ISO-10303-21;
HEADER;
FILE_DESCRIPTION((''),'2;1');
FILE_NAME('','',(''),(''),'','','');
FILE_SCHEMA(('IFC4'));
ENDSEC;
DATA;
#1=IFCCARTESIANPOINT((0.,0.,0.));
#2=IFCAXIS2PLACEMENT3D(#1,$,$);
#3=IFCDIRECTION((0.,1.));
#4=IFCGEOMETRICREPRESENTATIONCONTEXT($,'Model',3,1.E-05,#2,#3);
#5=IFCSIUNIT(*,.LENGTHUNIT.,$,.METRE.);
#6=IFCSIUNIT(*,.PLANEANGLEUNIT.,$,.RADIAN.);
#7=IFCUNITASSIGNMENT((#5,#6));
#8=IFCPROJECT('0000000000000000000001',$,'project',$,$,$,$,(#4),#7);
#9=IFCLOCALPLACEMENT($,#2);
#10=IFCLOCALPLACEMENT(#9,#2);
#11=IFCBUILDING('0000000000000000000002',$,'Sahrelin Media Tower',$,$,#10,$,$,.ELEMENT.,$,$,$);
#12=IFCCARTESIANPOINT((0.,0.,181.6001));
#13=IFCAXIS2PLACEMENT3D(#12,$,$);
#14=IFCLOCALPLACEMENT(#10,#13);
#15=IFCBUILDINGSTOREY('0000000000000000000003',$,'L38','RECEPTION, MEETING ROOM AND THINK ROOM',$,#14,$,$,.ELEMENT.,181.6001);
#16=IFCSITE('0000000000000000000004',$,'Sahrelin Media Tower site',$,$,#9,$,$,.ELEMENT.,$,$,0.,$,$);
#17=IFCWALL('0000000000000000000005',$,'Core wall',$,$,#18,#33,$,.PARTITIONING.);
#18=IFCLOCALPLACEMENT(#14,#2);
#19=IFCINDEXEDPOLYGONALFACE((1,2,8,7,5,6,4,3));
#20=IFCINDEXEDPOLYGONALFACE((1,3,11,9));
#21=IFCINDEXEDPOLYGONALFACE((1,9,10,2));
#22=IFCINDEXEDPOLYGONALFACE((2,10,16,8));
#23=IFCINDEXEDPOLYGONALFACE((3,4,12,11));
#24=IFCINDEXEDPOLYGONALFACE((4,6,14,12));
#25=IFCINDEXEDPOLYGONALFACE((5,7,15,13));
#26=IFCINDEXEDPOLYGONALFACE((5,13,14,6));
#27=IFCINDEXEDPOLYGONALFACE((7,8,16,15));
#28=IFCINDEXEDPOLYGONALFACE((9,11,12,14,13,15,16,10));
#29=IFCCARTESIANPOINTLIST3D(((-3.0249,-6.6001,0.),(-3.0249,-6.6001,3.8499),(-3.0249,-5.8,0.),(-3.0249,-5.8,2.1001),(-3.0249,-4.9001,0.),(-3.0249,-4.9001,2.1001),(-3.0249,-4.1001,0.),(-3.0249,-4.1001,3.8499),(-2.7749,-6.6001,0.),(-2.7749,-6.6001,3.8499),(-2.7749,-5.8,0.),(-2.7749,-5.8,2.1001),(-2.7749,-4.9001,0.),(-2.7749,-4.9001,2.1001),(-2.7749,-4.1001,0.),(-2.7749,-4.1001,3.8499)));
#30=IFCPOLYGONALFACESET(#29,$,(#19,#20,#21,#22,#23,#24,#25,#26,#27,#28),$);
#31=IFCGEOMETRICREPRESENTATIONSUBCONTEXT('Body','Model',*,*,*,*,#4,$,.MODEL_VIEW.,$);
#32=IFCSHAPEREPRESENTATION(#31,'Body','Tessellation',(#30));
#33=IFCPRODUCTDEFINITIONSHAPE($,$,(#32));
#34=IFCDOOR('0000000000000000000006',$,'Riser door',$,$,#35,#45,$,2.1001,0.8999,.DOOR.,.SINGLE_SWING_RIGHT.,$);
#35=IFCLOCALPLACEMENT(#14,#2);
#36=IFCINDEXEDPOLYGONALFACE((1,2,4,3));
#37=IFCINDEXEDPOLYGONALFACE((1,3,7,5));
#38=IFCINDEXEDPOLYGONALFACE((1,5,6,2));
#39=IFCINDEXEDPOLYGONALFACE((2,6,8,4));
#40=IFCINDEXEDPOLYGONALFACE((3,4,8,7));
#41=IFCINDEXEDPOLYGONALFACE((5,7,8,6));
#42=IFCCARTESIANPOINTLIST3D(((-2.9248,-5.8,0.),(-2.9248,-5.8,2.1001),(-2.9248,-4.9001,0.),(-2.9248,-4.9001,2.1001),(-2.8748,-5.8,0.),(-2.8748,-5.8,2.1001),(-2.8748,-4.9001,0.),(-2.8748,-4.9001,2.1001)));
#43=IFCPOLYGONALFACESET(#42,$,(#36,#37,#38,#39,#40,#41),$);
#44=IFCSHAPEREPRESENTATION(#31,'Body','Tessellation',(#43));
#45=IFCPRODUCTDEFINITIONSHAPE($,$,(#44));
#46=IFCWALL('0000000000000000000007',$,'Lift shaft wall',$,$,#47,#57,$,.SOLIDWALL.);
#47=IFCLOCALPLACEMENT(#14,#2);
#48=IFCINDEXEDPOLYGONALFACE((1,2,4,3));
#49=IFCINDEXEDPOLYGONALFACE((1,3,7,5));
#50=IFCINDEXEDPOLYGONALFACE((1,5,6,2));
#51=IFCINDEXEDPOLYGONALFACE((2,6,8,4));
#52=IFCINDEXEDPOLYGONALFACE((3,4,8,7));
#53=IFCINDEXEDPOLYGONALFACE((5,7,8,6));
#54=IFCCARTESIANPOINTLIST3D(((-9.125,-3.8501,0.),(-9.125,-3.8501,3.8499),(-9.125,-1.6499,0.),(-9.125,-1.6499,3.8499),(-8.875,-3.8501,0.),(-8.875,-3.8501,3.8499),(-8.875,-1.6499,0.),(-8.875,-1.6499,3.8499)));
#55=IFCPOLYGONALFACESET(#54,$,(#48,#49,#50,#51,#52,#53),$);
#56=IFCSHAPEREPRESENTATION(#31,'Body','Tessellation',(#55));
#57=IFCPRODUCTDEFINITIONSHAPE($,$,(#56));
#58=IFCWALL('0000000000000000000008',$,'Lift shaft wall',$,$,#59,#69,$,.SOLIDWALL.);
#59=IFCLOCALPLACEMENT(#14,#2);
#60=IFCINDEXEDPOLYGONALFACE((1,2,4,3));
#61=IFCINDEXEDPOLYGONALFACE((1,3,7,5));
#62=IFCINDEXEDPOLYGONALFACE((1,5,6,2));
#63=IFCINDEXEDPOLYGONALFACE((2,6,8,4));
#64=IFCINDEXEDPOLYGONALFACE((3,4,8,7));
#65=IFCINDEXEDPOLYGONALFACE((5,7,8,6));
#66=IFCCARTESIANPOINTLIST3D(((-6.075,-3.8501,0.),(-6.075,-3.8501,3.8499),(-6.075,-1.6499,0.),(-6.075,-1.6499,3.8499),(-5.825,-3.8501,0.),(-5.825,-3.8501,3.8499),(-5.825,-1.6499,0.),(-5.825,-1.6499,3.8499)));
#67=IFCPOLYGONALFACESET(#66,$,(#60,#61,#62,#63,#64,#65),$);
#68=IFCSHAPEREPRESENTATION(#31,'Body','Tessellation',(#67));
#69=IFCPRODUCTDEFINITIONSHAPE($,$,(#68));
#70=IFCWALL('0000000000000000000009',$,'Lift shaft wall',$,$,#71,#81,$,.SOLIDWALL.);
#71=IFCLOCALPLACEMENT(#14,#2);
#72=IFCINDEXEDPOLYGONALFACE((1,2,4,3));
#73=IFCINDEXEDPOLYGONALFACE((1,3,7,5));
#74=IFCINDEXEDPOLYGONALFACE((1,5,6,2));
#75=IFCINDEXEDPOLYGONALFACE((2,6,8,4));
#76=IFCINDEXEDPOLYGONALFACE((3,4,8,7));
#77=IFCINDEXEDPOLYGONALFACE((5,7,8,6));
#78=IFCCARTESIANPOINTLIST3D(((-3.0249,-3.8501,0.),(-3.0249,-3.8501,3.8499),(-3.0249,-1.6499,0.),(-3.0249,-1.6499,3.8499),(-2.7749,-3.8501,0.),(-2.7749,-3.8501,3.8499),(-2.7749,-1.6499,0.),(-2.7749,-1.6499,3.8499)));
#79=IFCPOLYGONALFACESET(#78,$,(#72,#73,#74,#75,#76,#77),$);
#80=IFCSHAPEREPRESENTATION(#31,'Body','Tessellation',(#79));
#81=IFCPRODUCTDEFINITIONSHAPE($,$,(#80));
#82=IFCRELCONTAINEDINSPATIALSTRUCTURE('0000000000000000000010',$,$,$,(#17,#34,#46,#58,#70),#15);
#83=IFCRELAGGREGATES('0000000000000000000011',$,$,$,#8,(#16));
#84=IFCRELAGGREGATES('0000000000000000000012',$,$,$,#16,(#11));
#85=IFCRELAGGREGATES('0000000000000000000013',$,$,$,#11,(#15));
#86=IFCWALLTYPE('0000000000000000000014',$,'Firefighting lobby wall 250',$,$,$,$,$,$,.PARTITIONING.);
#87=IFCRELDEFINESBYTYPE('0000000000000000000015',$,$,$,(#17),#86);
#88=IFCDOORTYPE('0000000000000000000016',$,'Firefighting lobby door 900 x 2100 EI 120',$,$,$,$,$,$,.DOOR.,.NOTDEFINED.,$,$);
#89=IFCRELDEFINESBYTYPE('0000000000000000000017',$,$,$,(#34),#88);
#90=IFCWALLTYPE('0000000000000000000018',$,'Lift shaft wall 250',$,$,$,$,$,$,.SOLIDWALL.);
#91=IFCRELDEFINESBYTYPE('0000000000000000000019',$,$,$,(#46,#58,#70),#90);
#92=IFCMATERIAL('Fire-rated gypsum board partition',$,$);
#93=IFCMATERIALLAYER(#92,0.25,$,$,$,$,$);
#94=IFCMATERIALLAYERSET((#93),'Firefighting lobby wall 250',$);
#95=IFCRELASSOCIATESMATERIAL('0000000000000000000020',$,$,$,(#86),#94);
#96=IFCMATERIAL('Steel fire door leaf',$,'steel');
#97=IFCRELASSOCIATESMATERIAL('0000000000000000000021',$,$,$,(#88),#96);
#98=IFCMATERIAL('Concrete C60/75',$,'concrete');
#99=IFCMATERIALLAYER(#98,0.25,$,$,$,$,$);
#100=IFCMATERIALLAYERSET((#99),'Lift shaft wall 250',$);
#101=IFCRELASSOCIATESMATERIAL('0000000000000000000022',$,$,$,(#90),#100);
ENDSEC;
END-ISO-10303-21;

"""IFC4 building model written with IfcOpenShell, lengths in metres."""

from ifc_helpers import new_model, si_unit, direction, frame, frame_2d, origin, place, context, subcontext, project, spatial, rectangle, extrude, material, layer, layer_set, type_object, element, fill, save


model = new_model("IFC4")

# Units and contexts
model_context = context("Model", 3, precision=1e-05, world=origin(), true_north=direction((0.0, 1.0)))
body_context = subcontext(model_context, "Body", "Model", "MODEL_VIEW")
ifc_project = project(units=[si_unit("LENGTHUNIT", "METRE"), si_unit("PLANEANGLEUNIT", "RADIAN")], contexts=[model_context])

# Site, building, storey
site_placement = place(None, origin())
site = spatial("IfcSite", under=ifc_project, at=site_placement, Name="Sahrelin Media Tower site", CompositionType="ELEMENT", RefElevation=0.0)
building_placement = place(site_placement, origin())
building = spatial("IfcBuilding", under=site, at=building_placement, Name="Sahrelin Media Tower", CompositionType="ELEMENT")
storey_placement = place(building_placement, frame((0.0, 0.0, 181.6001)))
storey = spatial("IfcBuildingStorey", under=building, at=storey_placement, Name="L38", Description="RECEPTION, MEETING ROOM AND THINK ROOM", CompositionType="ELEMENT", Elevation=181.6001)

# Shared definitions
ifc_material_1 = material(Name="Fire-rated gypsum board partition")
ifc_material_2 = material(Name="Steel fire door leaf", Category="steel")

# Wall, opening, door
ifc_layer_1 = layer(ifc_material_1, 0.25)
ifc_layer_set_1 = layer_set([ifc_layer_1], Name="Firefighting lobby wall 250")
wall_type_1 = type_object("IfcWallType", Name="Firefighting lobby wall 250", PredefinedType="PARTITIONING", material=ifc_layer_set_1)
wall_1_placement = place(storey_placement, frame((-2.8999, -6.6001, 0.0), z_axis=(0.0, 0.0, 1.0), x_axis=(0.0, 1.0, 0.0)))
wall_1 = element("IfcWall", 1, at=wall_1_placement, inside=storey, type_object=wall_type_1, Name="Core wall", PredefinedType="PARTITIONING", context=body_context, shape_type="SweptSolid", body=[
    extrude(rectangle(XDim=2.5, YDim=0.25, at=frame_2d((1.25, 0.0))), origin(), (0.0, 0.0, 1.0), 3.8499),
])
opening_1_placement = place(wall_1_placement, frame((0.8, 0.0, 0.0)))
opening_1 = element("IfcOpeningElement", 2, at=opening_1_placement, cuts=wall_1, PredefinedType="OPENING", context=body_context, shape_type="SweptSolid", body=[
    extrude(rectangle(XDim=0.8999, YDim=2.1001, at=frame_2d((0.45, 1.05))), frame((0.0, 0.125, 0.0), z_axis=(0.0, -1.0, 0.0), x_axis=(1.0, 0.0, 0.0)), (0.0, 0.0, 1.0), 0.25),
])
door_type_1 = type_object("IfcDoorType", Name="Firefighting lobby door 900 x 2100 EI 120", OperationType="NOTDEFINED", PredefinedType="DOOR", material=ifc_material_2)
door_1_placement = place(opening_1_placement, origin())
door_1 = element("IfcDoor", 3, at=door_1_placement, inside=storey, type_object=door_type_1, Name="Riser door", OperationType="SINGLE_SWING_RIGHT", OverallHeight=2.1001, OverallWidth=0.8999, PredefinedType="DOOR", context=body_context, shape_type="SweptSolid", body=[
    extrude(rectangle(XDim=0.8999, YDim=2.1001, at=frame_2d((0.45, 1.05))), frame((0.0, 0.0249, 0.0), z_axis=(0.0, -1.0, 0.0), x_axis=(1.0, 0.0, 0.0)), (0.0, 0.0, 1.0), 0.05),
])
fill(opening_1, door_1)

# Walls
ifc_material_3 = material(Name="Concrete C60/75", Category="concrete")
ifc_layer_2 = layer(ifc_material_3, 0.25)
ifc_layer_set_2 = layer_set([ifc_layer_2], Name="Lift shaft wall 250")
wall_type_2 = type_object("IfcWallType", Name="Lift shaft wall 250", PredefinedType="SOLIDWALL", material=ifc_layer_set_2)
for number, where, z_axis, x_axis, name in (
    (4, (-9.0, -3.8501, 0.0), (0.0, 0.0, 1.0), (0.0, 1.0, 0.0), "Lift shaft wall"),
    (5, (-5.95, -3.8501, 0.0), (0.0, 0.0, 1.0), (0.0, 1.0, 0.0), "Lift shaft wall"),
    (6, (-2.8999, -3.8501, 0.0), (0.0, 0.0, 1.0), (0.0, 1.0, 0.0), "Lift shaft wall"),
):
    element("IfcWall", number, at=place(storey_placement, frame(where, z_axis=z_axis, x_axis=x_axis)), inside=storey, type_object=wall_type_2, Name=name, PredefinedType="SOLIDWALL", context=body_context, shape_type="SweptSolid", body=[
        extrude(rectangle(XDim=2.2002, YDim=0.25, at=frame_2d((1.1001, 0.0))), origin(), (0.0, 0.0, 1.0), 3.8499),
    ])

save(model, "model.ifc")
